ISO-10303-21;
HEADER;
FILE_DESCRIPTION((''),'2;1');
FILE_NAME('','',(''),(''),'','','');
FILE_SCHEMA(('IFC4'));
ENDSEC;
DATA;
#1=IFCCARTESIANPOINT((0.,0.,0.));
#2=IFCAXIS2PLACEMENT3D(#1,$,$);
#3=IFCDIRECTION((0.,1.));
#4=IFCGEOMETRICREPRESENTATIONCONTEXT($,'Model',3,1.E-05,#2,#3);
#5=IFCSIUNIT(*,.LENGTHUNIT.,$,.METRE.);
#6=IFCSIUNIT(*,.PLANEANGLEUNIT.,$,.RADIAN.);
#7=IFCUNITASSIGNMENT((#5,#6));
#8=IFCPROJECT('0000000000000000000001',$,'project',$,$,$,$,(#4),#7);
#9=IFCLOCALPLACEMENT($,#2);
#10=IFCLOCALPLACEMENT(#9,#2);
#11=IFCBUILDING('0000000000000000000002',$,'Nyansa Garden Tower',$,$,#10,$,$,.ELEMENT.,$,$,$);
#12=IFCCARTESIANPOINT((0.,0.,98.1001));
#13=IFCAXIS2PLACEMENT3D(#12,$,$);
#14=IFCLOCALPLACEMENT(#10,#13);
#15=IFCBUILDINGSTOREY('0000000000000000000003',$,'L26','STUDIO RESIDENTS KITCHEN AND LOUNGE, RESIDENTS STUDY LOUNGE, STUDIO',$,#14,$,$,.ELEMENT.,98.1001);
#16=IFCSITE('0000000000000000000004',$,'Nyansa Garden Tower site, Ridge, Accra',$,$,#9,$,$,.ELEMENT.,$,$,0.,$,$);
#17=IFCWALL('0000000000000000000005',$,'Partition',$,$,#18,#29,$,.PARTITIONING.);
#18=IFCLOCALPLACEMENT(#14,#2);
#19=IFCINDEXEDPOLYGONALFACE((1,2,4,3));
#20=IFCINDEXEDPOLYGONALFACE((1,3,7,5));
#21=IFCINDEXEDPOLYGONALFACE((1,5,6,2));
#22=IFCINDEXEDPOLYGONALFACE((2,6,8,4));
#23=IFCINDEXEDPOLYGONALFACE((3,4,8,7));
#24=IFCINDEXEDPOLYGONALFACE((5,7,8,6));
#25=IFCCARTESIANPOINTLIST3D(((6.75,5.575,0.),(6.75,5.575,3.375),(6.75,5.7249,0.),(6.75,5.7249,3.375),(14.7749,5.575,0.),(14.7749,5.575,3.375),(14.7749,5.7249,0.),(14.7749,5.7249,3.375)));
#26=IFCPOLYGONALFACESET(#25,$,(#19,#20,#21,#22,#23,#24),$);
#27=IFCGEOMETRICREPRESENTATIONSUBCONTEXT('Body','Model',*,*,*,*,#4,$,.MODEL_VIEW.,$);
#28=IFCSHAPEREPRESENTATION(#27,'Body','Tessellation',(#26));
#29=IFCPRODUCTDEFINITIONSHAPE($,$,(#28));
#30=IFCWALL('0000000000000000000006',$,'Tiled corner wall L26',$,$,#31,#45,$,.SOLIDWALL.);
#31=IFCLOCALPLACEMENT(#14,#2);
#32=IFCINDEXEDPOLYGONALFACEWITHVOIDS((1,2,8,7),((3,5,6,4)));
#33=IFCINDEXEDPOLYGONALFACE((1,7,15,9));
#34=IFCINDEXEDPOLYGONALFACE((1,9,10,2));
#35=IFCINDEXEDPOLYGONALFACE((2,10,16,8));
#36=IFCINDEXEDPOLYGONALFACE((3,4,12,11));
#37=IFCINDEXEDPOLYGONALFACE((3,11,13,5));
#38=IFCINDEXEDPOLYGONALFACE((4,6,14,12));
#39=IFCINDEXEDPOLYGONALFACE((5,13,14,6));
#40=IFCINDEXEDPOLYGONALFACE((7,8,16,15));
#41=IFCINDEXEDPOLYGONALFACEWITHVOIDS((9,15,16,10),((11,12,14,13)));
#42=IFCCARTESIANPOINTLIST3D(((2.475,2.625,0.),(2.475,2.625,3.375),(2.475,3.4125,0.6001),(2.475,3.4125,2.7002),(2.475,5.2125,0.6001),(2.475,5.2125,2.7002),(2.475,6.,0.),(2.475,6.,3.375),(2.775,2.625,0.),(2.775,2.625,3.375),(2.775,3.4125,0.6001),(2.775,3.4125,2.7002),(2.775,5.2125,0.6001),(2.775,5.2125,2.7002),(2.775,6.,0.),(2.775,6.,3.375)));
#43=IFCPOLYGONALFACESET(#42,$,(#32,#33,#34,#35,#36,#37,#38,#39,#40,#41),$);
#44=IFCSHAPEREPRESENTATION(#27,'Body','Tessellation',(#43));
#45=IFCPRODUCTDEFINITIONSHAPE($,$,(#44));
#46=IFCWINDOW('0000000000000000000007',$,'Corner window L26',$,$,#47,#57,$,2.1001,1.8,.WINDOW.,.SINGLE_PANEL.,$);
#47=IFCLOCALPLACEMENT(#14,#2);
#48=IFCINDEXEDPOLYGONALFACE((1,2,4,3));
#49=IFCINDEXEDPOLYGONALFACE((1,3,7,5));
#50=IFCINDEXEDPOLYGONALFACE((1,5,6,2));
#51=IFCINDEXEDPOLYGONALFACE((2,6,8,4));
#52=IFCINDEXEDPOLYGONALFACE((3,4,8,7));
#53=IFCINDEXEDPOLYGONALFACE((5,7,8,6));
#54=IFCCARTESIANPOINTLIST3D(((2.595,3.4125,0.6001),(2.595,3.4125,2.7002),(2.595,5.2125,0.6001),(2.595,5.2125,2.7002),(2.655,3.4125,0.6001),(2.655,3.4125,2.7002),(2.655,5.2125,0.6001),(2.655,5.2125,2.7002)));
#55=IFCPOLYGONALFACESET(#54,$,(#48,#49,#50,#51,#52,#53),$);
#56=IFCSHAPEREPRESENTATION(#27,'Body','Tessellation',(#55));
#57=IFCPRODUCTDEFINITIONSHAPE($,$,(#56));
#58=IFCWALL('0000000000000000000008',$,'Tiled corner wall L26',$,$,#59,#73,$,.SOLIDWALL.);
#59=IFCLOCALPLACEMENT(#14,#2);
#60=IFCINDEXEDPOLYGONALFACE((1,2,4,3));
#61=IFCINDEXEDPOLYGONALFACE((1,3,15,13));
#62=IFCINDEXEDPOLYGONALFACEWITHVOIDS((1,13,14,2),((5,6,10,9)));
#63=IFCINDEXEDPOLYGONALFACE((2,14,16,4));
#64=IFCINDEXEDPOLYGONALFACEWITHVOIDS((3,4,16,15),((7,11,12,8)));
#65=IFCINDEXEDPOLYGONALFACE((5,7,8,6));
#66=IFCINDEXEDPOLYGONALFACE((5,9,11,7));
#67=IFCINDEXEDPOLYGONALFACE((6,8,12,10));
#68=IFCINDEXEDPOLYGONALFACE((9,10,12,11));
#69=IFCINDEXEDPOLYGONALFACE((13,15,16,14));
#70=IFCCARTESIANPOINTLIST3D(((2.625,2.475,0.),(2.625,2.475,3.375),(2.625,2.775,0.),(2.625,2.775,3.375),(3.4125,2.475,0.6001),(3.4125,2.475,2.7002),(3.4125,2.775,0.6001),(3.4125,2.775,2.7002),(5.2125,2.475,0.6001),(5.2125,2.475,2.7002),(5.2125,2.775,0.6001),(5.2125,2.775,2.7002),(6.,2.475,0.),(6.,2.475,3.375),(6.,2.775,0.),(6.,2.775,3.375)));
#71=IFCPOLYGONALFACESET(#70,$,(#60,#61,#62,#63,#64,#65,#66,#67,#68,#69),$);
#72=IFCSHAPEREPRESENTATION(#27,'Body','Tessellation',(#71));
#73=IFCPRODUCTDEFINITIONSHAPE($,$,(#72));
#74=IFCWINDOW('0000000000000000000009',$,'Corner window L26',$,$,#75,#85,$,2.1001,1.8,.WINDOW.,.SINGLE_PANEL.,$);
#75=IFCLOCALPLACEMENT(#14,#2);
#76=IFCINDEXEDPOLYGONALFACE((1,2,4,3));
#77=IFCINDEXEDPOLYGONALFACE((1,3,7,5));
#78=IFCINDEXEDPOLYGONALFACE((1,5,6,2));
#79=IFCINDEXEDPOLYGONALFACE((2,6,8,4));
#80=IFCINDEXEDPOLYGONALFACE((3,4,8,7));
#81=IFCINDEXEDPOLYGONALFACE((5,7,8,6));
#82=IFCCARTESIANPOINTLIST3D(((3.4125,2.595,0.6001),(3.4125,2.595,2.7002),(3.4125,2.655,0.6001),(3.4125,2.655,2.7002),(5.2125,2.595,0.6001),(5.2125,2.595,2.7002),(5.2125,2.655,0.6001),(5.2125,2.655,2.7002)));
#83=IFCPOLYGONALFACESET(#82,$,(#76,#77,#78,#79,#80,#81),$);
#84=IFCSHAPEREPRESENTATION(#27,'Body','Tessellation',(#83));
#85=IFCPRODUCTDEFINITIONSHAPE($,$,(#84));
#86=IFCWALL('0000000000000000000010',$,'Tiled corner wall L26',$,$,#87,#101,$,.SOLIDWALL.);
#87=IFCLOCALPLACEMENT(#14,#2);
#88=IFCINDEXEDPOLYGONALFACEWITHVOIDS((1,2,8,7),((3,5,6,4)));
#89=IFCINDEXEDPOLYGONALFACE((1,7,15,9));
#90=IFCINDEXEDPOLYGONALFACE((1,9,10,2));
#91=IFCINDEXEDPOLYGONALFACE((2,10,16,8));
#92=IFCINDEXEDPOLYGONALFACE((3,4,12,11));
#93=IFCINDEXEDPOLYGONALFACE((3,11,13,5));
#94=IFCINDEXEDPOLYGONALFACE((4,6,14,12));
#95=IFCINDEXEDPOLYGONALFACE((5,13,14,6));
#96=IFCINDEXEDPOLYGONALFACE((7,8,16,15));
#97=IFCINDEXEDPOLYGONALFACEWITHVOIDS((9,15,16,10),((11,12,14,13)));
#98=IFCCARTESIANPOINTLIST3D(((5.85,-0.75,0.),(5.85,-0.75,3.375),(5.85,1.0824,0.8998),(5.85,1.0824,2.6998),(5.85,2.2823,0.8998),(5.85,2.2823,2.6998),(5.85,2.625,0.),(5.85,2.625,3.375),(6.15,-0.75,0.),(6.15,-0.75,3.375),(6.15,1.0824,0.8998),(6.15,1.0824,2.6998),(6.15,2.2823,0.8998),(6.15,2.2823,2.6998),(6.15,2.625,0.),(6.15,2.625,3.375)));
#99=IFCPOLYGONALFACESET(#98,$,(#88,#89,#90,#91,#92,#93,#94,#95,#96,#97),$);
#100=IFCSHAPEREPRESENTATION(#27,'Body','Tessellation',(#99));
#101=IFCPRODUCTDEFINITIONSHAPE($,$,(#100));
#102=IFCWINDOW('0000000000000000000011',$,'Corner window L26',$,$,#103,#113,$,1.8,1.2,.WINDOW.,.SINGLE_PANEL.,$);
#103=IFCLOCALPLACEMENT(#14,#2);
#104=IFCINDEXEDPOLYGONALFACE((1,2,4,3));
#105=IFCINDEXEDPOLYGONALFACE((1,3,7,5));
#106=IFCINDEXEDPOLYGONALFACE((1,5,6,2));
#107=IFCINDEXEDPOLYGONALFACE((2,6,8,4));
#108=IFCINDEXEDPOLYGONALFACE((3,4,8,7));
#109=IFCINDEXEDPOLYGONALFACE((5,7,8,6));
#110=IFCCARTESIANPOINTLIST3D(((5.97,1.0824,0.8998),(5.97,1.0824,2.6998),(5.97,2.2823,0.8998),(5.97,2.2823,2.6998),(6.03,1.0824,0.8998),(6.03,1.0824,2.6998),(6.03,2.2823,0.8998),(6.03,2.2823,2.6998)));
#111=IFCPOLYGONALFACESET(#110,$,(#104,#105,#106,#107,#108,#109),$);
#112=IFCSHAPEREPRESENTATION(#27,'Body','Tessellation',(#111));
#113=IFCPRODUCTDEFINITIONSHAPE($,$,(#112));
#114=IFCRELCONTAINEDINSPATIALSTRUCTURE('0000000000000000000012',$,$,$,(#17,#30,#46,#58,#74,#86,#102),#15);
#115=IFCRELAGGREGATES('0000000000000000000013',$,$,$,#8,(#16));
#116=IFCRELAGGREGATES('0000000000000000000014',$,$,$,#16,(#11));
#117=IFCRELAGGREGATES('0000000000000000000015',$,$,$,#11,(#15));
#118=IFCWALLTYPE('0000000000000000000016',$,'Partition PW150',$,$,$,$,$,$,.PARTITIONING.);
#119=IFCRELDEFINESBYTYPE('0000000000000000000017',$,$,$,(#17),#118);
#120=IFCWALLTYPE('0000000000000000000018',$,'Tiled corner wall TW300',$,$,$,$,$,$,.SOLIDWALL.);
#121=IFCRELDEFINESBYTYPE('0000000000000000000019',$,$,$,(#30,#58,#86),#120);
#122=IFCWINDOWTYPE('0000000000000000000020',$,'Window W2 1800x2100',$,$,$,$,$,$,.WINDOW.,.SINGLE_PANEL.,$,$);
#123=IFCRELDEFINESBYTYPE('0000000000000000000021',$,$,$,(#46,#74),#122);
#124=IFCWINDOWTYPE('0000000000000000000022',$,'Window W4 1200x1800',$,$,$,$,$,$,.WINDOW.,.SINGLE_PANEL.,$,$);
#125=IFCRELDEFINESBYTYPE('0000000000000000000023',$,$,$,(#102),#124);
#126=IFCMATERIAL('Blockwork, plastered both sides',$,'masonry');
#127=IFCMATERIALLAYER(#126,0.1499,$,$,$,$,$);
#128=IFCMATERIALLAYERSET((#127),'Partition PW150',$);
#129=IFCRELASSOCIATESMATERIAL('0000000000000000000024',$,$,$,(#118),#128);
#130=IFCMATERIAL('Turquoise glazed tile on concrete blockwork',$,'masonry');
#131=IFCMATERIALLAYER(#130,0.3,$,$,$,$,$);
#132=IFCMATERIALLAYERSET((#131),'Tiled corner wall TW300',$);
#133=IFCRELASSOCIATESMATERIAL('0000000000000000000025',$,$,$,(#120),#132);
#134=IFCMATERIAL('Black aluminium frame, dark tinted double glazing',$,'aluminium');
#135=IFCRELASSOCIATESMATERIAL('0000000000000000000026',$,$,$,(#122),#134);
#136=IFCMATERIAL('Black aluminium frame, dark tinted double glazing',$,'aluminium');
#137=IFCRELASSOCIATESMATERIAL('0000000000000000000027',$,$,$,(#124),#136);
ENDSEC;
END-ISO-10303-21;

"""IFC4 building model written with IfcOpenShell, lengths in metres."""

from ifc_helpers import new_model, si_unit, direction, frame, frame_2d, origin, place, context, subcontext, project, spatial, rectangle, extrude, material, layer, layer_set, type_object, element, fill, save


model = new_model("IFC4")

# Units and contexts
model_context = context("Model", 3, precision=1e-05, world=origin(), true_north=direction((0.0, 1.0)))
body_context = subcontext(model_context, "Body", "Model", "MODEL_VIEW")
ifc_project = project(units=[si_unit("LENGTHUNIT", "METRE"), si_unit("PLANEANGLEUNIT", "RADIAN")], contexts=[model_context])

# Site, building, storey
site_placement = place(None, origin())
site = spatial("IfcSite", under=ifc_project, at=site_placement, Name="Nyansa Garden Tower site, Ridge, Accra", CompositionType="ELEMENT", RefElevation=0.0)
building_placement = place(site_placement, origin())
building = spatial("IfcBuilding", under=site, at=building_placement, Name="Nyansa Garden Tower", CompositionType="ELEMENT")
storey_placement = place(building_placement, frame((0.0, 0.0, 98.1001)))
storey = spatial("IfcBuildingStorey", under=building, at=storey_placement, Name="L26", Description="STUDIO RESIDENTS KITCHEN AND LOUNGE, RESIDENTS STUDY LOUNGE, STUDIO", CompositionType="ELEMENT", Elevation=98.1001)

# Shared definitions
ifc_material_1 = material(Name="Blockwork, plastered both sides", Category="masonry")
ifc_layer_1 = layer(ifc_material_1, 0.1499)
ifc_layer_set_1 = layer_set([ifc_layer_1], Name="Partition PW150")
wall_type_1 = type_object("IfcWallType", Name="Partition PW150", PredefinedType="PARTITIONING", material=ifc_layer_set_1)

# Wall
wall_1_placement = place(storey_placement, frame((6.75, 5.6499, 0.0), z_axis=(0.0, 0.0, 1.0), x_axis=(1.0, 0.0, 0.0)))
element("IfcWall", 1, at=wall_1_placement, inside=storey, type_object=wall_type_1, Name="Partition", PredefinedType="PARTITIONING", context=body_context, shape_type="SweptSolid", body=[
    extrude(rectangle(XDim=8.0249, YDim=0.1499, at=frame_2d((4.0125, 0.0))), origin(), (0.0, 0.0, 1.0), 3.375),
])

# Walls, openings, windows
ifc_material_2 = material(Name="Turquoise glazed tile on concrete blockwork", Category="masonry")
ifc_layer_2 = layer(ifc_material_2, 0.3)
ifc_layer_set_2 = layer_set([ifc_layer_2], Name="Tiled corner wall TW300")
wall_type_2 = type_object("IfcWallType", Name="Tiled corner wall TW300", PredefinedType="SOLIDWALL", material=ifc_layer_set_2)
wall_2_placement = place(storey_placement, frame((2.625, 6.0, 0.0), z_axis=(0.0, 0.0, 1.0), x_axis=(0.0, -1.0, 0.0)))
wall_2 = element("IfcWall", 2, at=wall_2_placement, inside=storey, type_object=wall_type_2, Name="Tiled corner wall L26", PredefinedType="SOLIDWALL", context=body_context, shape_type="SweptSolid", body=[
    extrude(rectangle(XDim=3.375, YDim=0.3, at=frame_2d((1.6875, 0.0))), origin(), (0.0, 0.0, 1.0), 3.375),
])
opening_1_placement = place(wall_2_placement, frame((0.7876, 0.0, 0.6001)))
opening_1 = element("IfcOpeningElement", 3, at=opening_1_placement, cuts=wall_2, PredefinedType="OPENING", context=body_context, shape_type="SweptSolid", body=[
    extrude(rectangle(XDim=1.8, YDim=2.1001, at=frame_2d((0.8999, 1.05))), frame((0.0, 0.1599, 0.0), z_axis=(0.0, -1.0, 0.0), x_axis=(1.0, 0.0, 0.0)), (0.0, 0.0, 1.0), 0.3201),
])
ifc_material_3 = material(Name="Black aluminium frame, dark tinted double glazing", Category="aluminium")
window_type_1 = type_object("IfcWindowType", Name="Window W2 1800x2100", PartitioningType="SINGLE_PANEL", PredefinedType="WINDOW", material=ifc_material_3)
window_1_placement = place(opening_1_placement, origin())
window_1 = element("IfcWindow", 4, at=window_1_placement, inside=storey, type_object=window_type_1, Name="Corner window L26", OverallHeight=2.1001, OverallWidth=1.8, PartitioningType="SINGLE_PANEL", PredefinedType="WINDOW", context=body_context, shape_type="SweptSolid", body=[
    extrude(rectangle(XDim=1.8, YDim=2.1001, at=frame_2d((0.8999, 1.05))), frame((0.0, 0.03, 0.0), z_axis=(0.0, -1.0, 0.0), x_axis=(1.0, 0.0, 0.0)), (0.0, 0.0, 1.0), 0.0601),
])
fill(opening_1, window_1)
wall_3_placement = place(storey_placement, frame((2.625, 2.625, 0.0), z_axis=(0.0, 0.0, 1.0), x_axis=(1.0, 0.0, 0.0)))
wall_3 = element("IfcWall", 5, at=wall_3_placement, inside=storey, type_object=wall_type_2, Name="Tiled corner wall L26", PredefinedType="SOLIDWALL", context=body_context, shape_type="SweptSolid", body=[
    extrude(rectangle(XDim=3.375, YDim=0.3, at=frame_2d((1.6875, 0.0))), origin(), (0.0, 0.0, 1.0), 3.375),
])
opening_2_placement = place(wall_3_placement, frame((0.7876, 0.0, 0.6001)))
opening_2 = element("IfcOpeningElement", 6, at=opening_2_placement, cuts=wall_3, PredefinedType="OPENING", context=body_context, shape_type="SweptSolid", body=[
    extrude(rectangle(XDim=1.8, YDim=2.1001, at=frame_2d((0.8999, 1.05))), frame((0.0, 0.1599, 0.0), z_axis=(0.0, -1.0, 0.0), x_axis=(1.0, 0.0, 0.0)), (0.0, 0.0, 1.0), 0.3201),
])
window_2_placement = place(opening_2_placement, origin())
window_2 = element("IfcWindow", 7, at=window_2_placement, inside=storey, type_object=window_type_1, Name="Corner window L26", OverallHeight=2.1001, OverallWidth=1.8, PartitioningType="SINGLE_PANEL", PredefinedType="WINDOW", context=body_context, shape_type="SweptSolid", body=[
    extrude(rectangle(XDim=1.8, YDim=2.1001, at=frame_2d((0.8999, 1.05))), frame((0.0, 0.03, 0.0), z_axis=(0.0, -1.0, 0.0), x_axis=(1.0, 0.0, 0.0)), (0.0, 0.0, 1.0), 0.0601),
])
fill(opening_2, window_2)
wall_4_placement = place(storey_placement, frame((6.0, 2.625, 0.0), z_axis=(0.0, 0.0, 1.0), x_axis=(0.0, -1.0, 0.0)))
wall_4 = element("IfcWall", 8, at=wall_4_placement, inside=storey, type_object=wall_type_2, Name="Tiled corner wall L26", PredefinedType="SOLIDWALL", context=body_context, shape_type="SweptSolid", body=[
    extrude(rectangle(XDim=3.375, YDim=0.3, at=frame_2d((1.6875, 0.0))), origin(), (0.0, 0.0, 1.0), 3.375),
])
opening_3_placement = place(wall_4_placement, frame((0.3425, 0.0, 0.8999)))
opening_3 = element("IfcOpeningElement", 9, at=opening_3_placement, cuts=wall_4, PredefinedType="OPENING", context=body_context, shape_type="SweptSolid", body=[
    extrude(rectangle(XDim=1.2, YDim=1.8, at=frame_2d((0.6001, 0.8999))), frame((0.0, 0.1599, 0.0), z_axis=(0.0, -1.0, 0.0), x_axis=(1.0, 0.0, 0.0)), (0.0, 0.0, 1.0), 0.3201),
])
ifc_material_4 = material(Name="Black aluminium frame, dark tinted double glazing", Category="aluminium")
window_type_2 = type_object("IfcWindowType", Name="Window W4 1200x1800", PartitioningType="SINGLE_PANEL", PredefinedType="WINDOW", material=ifc_material_4)
window_3_placement = place(opening_3_placement, origin())
window_3 = element("IfcWindow", 10, at=window_3_placement, inside=storey, type_object=window_type_2, Name="Corner window L26", OverallHeight=1.8, OverallWidth=1.2, PartitioningType="SINGLE_PANEL", PredefinedType="WINDOW", context=body_context, shape_type="SweptSolid", body=[
    extrude(rectangle(XDim=1.2, YDim=1.8, at=frame_2d((0.6001, 0.8999))), frame((0.0, 0.03, 0.0), z_axis=(0.0, -1.0, 0.0), x_axis=(1.0, 0.0, 0.0)), (0.0, 0.0, 1.0), 0.0601),
])
fill(opening_3, window_3)

save(model, "model.ifc")
